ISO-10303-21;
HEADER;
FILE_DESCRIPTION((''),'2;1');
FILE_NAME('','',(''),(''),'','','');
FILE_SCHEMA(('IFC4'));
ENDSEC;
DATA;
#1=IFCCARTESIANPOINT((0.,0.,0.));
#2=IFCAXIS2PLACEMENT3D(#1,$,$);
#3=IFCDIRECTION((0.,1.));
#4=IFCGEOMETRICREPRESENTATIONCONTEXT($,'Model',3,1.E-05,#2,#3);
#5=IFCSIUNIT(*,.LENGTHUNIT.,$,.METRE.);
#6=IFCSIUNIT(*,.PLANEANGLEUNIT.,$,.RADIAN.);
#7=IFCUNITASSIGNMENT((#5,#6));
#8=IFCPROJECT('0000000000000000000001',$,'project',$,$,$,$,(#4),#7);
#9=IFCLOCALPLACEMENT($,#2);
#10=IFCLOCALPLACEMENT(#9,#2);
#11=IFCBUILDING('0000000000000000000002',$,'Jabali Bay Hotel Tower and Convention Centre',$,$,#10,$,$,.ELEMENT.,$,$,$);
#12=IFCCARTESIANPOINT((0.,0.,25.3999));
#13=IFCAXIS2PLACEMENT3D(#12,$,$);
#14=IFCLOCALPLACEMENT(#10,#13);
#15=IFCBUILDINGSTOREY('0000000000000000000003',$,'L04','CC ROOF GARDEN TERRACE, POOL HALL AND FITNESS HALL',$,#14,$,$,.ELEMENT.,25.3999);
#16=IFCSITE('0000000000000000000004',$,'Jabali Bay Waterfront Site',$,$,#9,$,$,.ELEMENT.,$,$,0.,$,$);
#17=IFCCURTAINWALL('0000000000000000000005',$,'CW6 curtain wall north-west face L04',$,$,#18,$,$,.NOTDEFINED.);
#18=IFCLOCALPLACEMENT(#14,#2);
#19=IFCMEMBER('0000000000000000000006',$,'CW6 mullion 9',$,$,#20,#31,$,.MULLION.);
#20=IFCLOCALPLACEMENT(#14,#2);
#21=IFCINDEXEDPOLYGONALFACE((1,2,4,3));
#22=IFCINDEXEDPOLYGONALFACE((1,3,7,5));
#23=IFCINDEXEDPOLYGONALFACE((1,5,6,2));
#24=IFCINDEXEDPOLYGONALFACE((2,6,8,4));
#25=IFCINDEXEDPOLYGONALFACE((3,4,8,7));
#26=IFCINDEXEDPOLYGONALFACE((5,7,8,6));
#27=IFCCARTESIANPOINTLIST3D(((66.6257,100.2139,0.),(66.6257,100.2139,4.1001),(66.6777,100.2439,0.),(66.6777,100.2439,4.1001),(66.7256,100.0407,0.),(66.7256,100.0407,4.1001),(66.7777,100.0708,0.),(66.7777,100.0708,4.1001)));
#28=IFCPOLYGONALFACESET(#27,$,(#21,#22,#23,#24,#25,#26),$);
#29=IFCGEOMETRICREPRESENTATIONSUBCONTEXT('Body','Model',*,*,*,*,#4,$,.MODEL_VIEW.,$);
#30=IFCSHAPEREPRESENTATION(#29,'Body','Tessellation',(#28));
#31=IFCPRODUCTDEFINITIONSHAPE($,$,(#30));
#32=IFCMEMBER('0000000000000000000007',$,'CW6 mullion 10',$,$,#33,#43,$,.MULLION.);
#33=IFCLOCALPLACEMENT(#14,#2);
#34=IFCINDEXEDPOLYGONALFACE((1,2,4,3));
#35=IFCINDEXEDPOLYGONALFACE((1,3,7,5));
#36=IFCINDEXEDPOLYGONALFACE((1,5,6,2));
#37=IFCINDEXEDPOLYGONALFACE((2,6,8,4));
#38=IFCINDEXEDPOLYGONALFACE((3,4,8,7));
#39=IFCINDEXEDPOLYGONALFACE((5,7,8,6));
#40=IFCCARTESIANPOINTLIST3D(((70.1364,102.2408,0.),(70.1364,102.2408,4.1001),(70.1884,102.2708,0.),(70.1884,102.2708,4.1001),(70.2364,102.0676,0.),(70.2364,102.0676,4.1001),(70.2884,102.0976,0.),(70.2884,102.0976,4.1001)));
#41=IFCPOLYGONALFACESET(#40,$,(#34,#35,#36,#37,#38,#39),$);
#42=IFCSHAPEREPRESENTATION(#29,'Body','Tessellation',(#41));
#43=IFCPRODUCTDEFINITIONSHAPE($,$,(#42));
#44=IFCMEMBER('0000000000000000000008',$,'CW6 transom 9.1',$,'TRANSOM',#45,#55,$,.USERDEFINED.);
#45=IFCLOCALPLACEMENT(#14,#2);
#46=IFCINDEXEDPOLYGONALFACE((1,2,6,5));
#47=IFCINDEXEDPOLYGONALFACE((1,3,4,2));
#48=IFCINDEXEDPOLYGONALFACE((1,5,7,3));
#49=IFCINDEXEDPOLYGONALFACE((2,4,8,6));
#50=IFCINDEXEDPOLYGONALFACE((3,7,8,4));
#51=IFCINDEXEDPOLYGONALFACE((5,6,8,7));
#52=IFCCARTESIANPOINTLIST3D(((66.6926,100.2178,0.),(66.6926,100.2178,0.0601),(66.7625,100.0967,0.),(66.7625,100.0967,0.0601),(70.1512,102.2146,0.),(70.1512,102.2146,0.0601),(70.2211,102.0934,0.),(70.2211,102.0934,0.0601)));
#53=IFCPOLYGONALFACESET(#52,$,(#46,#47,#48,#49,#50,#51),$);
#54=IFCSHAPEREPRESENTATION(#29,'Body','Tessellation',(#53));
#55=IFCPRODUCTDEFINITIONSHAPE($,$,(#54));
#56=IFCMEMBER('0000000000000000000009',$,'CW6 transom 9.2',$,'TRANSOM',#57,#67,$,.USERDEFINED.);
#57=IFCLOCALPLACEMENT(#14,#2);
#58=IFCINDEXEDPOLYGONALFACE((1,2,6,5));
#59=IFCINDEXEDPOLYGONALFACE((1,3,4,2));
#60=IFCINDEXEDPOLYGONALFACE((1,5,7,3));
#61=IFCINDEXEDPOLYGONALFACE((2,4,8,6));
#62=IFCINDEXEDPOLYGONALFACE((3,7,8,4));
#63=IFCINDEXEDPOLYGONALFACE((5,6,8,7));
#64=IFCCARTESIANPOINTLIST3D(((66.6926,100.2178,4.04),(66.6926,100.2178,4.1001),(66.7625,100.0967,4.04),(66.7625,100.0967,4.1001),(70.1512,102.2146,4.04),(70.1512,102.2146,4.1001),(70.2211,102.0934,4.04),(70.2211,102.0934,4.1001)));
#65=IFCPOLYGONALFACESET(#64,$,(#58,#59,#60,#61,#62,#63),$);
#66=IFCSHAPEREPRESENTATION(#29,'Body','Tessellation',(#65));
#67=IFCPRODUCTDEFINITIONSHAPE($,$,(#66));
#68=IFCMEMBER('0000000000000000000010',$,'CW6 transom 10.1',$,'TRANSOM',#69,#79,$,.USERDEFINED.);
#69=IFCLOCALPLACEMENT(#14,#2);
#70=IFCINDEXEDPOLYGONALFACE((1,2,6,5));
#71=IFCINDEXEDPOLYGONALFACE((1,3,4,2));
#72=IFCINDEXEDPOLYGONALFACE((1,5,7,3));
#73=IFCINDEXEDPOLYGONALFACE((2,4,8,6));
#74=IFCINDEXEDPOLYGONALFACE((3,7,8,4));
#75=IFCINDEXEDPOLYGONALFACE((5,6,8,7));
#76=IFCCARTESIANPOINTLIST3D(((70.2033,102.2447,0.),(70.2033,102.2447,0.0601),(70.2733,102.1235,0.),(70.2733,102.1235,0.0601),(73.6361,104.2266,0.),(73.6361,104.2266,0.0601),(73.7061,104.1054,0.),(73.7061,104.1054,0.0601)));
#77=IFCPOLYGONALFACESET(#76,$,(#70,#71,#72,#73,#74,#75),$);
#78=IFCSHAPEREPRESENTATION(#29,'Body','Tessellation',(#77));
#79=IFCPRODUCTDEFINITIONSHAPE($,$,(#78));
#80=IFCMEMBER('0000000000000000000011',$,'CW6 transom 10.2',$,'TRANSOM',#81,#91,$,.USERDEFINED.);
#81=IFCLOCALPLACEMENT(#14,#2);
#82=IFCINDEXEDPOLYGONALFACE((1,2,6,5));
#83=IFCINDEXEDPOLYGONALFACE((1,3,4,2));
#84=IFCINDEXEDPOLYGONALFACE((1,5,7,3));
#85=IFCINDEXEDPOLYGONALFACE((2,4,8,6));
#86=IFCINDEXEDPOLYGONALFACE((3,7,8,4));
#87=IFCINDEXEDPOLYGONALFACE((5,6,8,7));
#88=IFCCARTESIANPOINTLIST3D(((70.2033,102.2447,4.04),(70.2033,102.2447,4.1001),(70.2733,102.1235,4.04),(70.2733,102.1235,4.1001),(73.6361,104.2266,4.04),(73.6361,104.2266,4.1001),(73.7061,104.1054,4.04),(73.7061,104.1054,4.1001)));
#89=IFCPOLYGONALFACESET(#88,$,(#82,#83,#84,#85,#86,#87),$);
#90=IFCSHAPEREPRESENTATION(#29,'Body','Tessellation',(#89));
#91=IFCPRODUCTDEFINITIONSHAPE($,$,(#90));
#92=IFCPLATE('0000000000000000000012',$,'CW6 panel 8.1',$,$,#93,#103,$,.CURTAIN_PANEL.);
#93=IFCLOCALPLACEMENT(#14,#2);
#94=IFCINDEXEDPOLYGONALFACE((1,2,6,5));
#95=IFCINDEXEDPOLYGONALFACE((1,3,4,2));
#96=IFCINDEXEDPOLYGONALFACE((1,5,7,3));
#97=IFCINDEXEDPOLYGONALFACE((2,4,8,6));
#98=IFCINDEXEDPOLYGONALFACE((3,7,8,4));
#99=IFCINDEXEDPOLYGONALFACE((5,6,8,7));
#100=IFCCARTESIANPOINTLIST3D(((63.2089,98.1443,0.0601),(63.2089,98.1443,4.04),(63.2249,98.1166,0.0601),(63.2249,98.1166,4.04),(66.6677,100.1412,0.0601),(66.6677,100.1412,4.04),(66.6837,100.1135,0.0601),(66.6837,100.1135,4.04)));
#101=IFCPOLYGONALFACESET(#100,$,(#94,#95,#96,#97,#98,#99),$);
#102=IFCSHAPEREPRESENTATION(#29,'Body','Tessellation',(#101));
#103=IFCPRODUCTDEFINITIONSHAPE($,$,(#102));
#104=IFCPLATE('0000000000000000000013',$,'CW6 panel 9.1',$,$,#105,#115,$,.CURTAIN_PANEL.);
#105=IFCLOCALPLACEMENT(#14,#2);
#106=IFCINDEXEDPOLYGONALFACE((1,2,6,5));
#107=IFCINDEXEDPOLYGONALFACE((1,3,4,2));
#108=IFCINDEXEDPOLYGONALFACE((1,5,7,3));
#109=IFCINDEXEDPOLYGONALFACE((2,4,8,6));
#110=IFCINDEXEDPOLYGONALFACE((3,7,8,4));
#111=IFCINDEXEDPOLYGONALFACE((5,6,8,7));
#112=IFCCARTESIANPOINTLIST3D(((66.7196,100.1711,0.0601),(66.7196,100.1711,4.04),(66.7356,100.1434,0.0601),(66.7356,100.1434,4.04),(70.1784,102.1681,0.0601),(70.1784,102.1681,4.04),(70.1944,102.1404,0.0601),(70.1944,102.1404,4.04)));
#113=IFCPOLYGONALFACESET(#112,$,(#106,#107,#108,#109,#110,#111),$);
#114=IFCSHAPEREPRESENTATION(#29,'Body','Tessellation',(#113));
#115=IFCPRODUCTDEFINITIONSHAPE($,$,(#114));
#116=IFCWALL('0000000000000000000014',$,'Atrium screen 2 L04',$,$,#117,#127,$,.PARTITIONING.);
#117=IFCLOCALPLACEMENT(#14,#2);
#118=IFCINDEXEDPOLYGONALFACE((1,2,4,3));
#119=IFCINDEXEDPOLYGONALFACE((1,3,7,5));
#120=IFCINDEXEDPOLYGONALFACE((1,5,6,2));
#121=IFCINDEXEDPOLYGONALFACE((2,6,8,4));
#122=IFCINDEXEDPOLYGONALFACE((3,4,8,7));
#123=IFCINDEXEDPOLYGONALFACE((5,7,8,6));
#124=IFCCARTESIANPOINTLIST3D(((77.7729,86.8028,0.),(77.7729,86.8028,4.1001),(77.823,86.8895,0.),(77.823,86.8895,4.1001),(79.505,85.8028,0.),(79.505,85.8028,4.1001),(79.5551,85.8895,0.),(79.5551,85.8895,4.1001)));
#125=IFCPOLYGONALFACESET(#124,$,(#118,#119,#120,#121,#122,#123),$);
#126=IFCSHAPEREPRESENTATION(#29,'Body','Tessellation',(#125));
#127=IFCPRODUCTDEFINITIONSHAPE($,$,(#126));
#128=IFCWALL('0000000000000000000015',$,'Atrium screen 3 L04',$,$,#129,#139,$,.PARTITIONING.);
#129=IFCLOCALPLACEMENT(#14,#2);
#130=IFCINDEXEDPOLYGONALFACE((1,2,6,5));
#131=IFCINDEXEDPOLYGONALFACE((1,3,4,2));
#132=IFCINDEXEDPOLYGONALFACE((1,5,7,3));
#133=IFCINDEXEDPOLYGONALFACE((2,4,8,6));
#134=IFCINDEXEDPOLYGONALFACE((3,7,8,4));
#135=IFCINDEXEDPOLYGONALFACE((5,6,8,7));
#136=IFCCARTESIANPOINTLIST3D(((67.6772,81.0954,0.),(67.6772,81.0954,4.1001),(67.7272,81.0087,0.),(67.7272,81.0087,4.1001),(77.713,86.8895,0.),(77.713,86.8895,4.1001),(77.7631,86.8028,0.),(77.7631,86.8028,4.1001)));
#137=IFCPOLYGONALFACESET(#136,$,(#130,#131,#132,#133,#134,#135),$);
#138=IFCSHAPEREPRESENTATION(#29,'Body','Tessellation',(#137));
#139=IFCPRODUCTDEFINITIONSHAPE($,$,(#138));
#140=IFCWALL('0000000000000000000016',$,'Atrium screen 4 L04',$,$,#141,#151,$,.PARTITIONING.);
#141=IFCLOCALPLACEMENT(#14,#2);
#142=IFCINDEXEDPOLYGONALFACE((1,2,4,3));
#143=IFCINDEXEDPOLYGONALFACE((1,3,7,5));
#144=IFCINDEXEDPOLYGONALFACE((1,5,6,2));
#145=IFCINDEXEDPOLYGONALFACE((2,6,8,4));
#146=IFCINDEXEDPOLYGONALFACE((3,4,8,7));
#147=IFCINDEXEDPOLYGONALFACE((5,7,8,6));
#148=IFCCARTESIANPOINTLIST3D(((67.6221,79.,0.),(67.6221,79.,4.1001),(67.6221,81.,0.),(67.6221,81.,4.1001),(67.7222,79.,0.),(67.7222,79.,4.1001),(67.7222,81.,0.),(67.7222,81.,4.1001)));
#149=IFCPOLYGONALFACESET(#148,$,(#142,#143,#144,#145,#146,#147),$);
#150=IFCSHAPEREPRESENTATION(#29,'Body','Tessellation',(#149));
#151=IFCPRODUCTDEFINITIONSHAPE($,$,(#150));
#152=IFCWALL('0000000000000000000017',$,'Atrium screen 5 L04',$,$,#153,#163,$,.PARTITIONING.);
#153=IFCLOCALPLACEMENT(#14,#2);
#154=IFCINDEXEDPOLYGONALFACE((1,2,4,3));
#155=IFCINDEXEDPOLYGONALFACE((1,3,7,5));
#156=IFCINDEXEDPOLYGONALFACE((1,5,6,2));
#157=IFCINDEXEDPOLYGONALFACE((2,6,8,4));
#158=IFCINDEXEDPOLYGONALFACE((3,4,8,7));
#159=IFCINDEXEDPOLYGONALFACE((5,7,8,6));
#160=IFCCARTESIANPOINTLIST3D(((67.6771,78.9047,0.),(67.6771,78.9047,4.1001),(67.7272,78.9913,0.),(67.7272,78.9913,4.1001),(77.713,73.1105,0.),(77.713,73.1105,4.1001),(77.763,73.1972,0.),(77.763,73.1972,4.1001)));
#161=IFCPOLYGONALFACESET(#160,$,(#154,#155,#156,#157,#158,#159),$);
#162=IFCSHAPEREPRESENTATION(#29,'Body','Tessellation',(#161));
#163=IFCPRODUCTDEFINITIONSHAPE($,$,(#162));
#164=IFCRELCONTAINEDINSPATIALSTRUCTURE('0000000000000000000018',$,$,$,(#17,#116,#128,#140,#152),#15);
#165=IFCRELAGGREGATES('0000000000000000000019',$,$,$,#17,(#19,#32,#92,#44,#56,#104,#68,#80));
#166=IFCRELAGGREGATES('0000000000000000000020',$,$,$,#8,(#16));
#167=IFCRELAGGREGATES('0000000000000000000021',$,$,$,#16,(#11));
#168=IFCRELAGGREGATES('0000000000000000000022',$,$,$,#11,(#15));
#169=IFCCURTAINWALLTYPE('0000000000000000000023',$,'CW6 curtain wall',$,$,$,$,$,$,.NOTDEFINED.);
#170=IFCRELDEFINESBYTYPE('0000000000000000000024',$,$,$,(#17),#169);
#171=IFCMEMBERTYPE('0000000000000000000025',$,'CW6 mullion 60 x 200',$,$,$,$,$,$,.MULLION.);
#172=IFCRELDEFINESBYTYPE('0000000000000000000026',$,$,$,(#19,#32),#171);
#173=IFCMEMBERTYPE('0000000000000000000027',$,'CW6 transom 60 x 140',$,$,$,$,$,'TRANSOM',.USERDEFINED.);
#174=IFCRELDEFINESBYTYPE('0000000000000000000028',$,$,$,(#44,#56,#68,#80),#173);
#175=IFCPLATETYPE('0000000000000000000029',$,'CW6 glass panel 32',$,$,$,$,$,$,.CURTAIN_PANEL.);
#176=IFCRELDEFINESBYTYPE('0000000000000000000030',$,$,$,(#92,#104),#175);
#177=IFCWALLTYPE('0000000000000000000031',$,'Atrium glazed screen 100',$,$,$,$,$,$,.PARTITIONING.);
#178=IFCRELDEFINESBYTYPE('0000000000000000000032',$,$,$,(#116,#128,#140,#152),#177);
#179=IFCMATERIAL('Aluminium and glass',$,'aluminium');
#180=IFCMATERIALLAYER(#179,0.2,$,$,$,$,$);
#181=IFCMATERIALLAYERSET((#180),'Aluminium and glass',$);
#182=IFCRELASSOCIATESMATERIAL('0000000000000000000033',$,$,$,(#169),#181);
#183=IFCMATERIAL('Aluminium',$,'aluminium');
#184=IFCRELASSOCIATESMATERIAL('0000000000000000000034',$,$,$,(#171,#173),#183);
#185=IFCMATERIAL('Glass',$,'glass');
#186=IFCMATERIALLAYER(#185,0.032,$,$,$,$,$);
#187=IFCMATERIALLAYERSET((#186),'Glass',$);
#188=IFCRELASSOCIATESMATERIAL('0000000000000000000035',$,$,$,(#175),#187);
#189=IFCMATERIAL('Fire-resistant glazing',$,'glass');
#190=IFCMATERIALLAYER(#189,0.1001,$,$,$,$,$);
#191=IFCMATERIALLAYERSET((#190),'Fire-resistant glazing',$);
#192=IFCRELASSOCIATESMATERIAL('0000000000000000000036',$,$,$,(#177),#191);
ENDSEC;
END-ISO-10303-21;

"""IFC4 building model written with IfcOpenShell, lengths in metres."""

from ifc_helpers import new_model, si_unit, direction, frame, frame_2d, origin, origin_2d, place, context, subcontext, project, spatial, rectangle, extrude, material, layer, layer_set, material_profile, profile_set, type_object, element, aggregate, save


model = new_model("IFC4")

# Units and contexts
model_context = context("Model", 3, precision=1e-05, world=origin(), true_north=direction((0.0, 1.0)))
body_context = subcontext(model_context, "Body", "Model", "MODEL_VIEW")
ifc_project = project(units=[si_unit("LENGTHUNIT", "METRE"), si_unit("PLANEANGLEUNIT", "RADIAN")], contexts=[model_context])

# Site, building, storey
site_placement = place(None, origin())
site = spatial("IfcSite", under=ifc_project, at=site_placement, Name="Jabali Bay Waterfront Site", CompositionType="ELEMENT", RefElevation=0.0)
building_placement = place(site_placement, origin())
building = spatial("IfcBuilding", under=site, at=building_placement, Name="Jabali Bay Hotel Tower and Convention Centre", CompositionType="ELEMENT")
storey_placement = place(building_placement, frame((0.0, 0.0, 25.3999)))
storey = spatial("IfcBuildingStorey", under=building, at=storey_placement, Name="L04", Description="CC ROOF GARDEN TERRACE, POOL HALL AND FITNESS HALL", CompositionType="ELEMENT", Elevation=25.3999)

# Curtain wall, members, plates
ifc_material_1 = material(Name="Aluminium and glass", Category="aluminium")
ifc_layer_1 = layer(ifc_material_1, 0.2)
ifc_layer_set_1 = layer_set([ifc_layer_1], Name="Aluminium and glass")
curtain_wall_type = type_object("IfcCurtainWallType", Name="CW6 curtain wall", PredefinedType="NOTDEFINED", material=ifc_layer_set_1)
curtain_wall_placement = place(storey_placement, origin())
curtain_wall = element("IfcCurtainWall", 1, at=curtain_wall_placement, inside=storey, type_object=curtain_wall_type, Name="CW6 curtain wall north-west face L04", PredefinedType="NOTDEFINED")
ifc_material_2 = material(Name="Aluminium", Category="aluminium")
ifc_material_profile_1 = material_profile(ifc_material_2, rectangle(XDim=0.2, YDim=0.0601, at=origin_2d()), Name="CW6 mullion 60 x 200")
ifc_profile_set_1 = profile_set([ifc_material_profile_1], Name="Aluminium")
member_type_1 = type_object("IfcMemberType", Name="CW6 mullion 60 x 200", PredefinedType="MULLION", material=ifc_profile_set_1)
member_1_placement = place(storey_placement, frame((66.7017, 100.1423, 0.0), z_axis=(0.0, 0.0, 1.0), x_axis=(-0.5, 0.866025, 0.0)))
member_1 = element("IfcMember", 2, at=member_1_placement, type_object=member_type_1, Name="CW6 mullion 9", PredefinedType="MULLION", context=body_context, shape_type="SweptSolid", body=[
    extrude(rectangle(XDim=0.2, YDim=0.0601, at=origin_2d()), origin(), (0.0, 0.0, 1.0), 4.1001),
])
member_2_placement = place(storey_placement, frame((70.2124, 102.1692, 0.0), z_axis=(0.0, 0.0, 1.0), x_axis=(-0.5, 0.866025, 0.0)))
member_2 = element("IfcMember", 3, at=member_2_placement, type_object=member_type_1, Name="CW6 mullion 10", PredefinedType="MULLION", context=body_context, shape_type="SweptSolid", body=[
    extrude(rectangle(XDim=0.2, YDim=0.0601, at=origin_2d()), origin(), (0.0, 0.0, 1.0), 4.1001),
])
ifc_material_profile_2 = material_profile(ifc_material_2, rectangle(XDim=0.1399, YDim=0.0601, at=origin_2d()), Name="CW6 transom 60 x 140")
ifc_profile_set_2 = profile_set([ifc_material_profile_2], Name="Aluminium")
member_type_2 = type_object("IfcMemberType", Name="CW6 transom 60 x 140", ElementType="TRANSOM", PredefinedType="USERDEFINED", material=ifc_profile_set_2)
member_3_placement = place(storey_placement, frame((66.7275, 100.1572, 0.03), z_axis=(0.866034, 0.499985, 0.0), x_axis=(-0.499985, 0.866034, 0.0)))
member_3 = element("IfcMember", 4, at=member_3_placement, type_object=member_type_2, Name="CW6 transom 9.1", ObjectType="TRANSOM", PredefinedType="USERDEFINED", context=body_context, shape_type="SweptSolid", body=[
    extrude(rectangle(XDim=0.1399, YDim=0.0601, at=origin_2d()), origin(), (0.0, 0.0, 1.0), 3.9937),
])
member_4_placement = place(storey_placement, frame((66.7275, 100.1572, 4.0701), z_axis=(0.866034, 0.499985, 0.0), x_axis=(-0.499985, 0.866034, 0.0)))
member_4 = element("IfcMember", 5, at=member_4_placement, type_object=member_type_2, Name="CW6 transom 9.2", ObjectType="TRANSOM", PredefinedType="USERDEFINED", context=body_context, shape_type="SweptSolid", body=[
    extrude(rectangle(XDim=0.1399, YDim=0.0601, at=origin_2d()), origin(), (0.0, 0.0, 1.0), 3.9937),
])
member_5_placement = place(storey_placement, frame((70.2383, 102.1841, 0.03), z_axis=(0.866029, 0.499994, 0.0), x_axis=(-0.499994, 0.866029, 0.0)))
member_5 = element("IfcMember", 6, at=member_5_placement, type_object=member_type_2, Name="CW6 transom 10.1", ObjectType="TRANSOM", PredefinedType="USERDEFINED", context=body_context, shape_type="SweptSolid", body=[
    extrude(rectangle(XDim=0.1399, YDim=0.0601, at=origin_2d()), origin(), (0.0, 0.0, 1.0), 3.9639),
])
member_6_placement = place(storey_placement, frame((70.2383, 102.1841, 4.0701), z_axis=(0.866029, 0.499994, 0.0), x_axis=(-0.499994, 0.866029, 0.0)))
member_6 = element("IfcMember", 7, at=member_6_placement, type_object=member_type_2, Name="CW6 transom 10.2", ObjectType="TRANSOM", PredefinedType="USERDEFINED", context=body_context, shape_type="SweptSolid", body=[
    extrude(rectangle(XDim=0.1399, YDim=0.0601, at=origin_2d()), origin(), (0.0, 0.0, 1.0), 3.9639),
])
ifc_material_3 = material(Name="Glass", Category="glass")
ifc_layer_2 = layer(ifc_material_3, 0.032)
ifc_layer_set_2 = layer_set([ifc_layer_2], Name="Glass")
plate_type = type_object("IfcPlateType", Name="CW6 glass panel 32", PredefinedType="CURTAIN_PANEL", material=ifc_layer_set_2)
plate_1_placement = place(storey_placement, frame((64.9463, 99.1289, 0.0601), z_axis=(0.0, 0.0, 1.0), x_axis=(0.866025, 0.5, 0.0)))
plate_1 = element("IfcPlate", 8, at=plate_1_placement, type_object=plate_type, Name="CW6 panel 8.1", PredefinedType="CURTAIN_PANEL", context=body_context, shape_type="SweptSolid", body=[
    extrude(rectangle(XDim=3.9939, YDim=0.032, at=origin_2d()), origin(), (0.0, 0.0, 1.0), 3.98),
])
plate_2_placement = place(storey_placement, frame((68.457, 101.1558, 0.0601), z_axis=(0.0, 0.0, 1.0), x_axis=(0.866025, 0.5, 0.0)))
plate_2 = element("IfcPlate", 9, at=plate_2_placement, type_object=plate_type, Name="CW6 panel 9.1", PredefinedType="CURTAIN_PANEL", context=body_context, shape_type="SweptSolid", body=[
    extrude(rectangle(XDim=3.9939, YDim=0.032, at=origin_2d()), origin(), (0.0, 0.0, 1.0), 3.98),
])
aggregate(curtain_wall, [member_1, member_2, plate_1, member_3, member_4, plate_2, member_5, member_6])

# Walls
ifc_material_4 = material(Name="Fire-resistant glazing", Category="glass")
ifc_layer_3 = layer(ifc_material_4, 0.1001)
ifc_layer_set_3 = layer_set([ifc_layer_3], Name="Fire-resistant glazing")
wall_type_1 = type_object("IfcWallType", Name="Atrium glazed screen 100", PredefinedType="PARTITIONING", material=ifc_layer_set_3)
wall_1_placement = place(storey_placement, frame((79.53, 85.8462, 0.0), z_axis=(0.0, 0.0, 1.0), x_axis=(-0.866041, 0.499973, 0.0)))
element("IfcWall", 10, at=wall_1_placement, inside=storey, type_object=wall_type_1, Name="Atrium screen 2 L04", PredefinedType="PARTITIONING", context=body_context, shape_type="SweptSolid", body=[
    extrude(rectangle(XDim=2.0, YDim=0.1001, at=frame_2d((1.0, 0.0))), origin(), (0.0, 0.0, 1.0), 4.1001),
])
wall_2_placement = place(storey_placement, frame((77.738, 86.8462, 0.0), z_axis=(0.0, 0.0, 1.0), x_axis=(-0.866027, -0.499998, 0.0)))
element("IfcWall", 11, at=wall_2_placement, inside=storey, type_object=wall_type_1, Name="Atrium screen 3 L04", PredefinedType="PARTITIONING", context=body_context, shape_type="SweptSolid", body=[
    extrude(rectangle(XDim=11.5884, YDim=0.1001, at=frame_2d((5.7942, 0.0))), origin(), (0.0, 0.0, 1.0), 4.1001),
])
wall_3_placement = place(storey_placement, frame((67.6721, 81.0, 0.0), z_axis=(0.0, 0.0, 1.0), x_axis=(0.0, -1.0, 0.0)))
element("IfcWall", 12, at=wall_3_placement, inside=storey, type_object=wall_type_1, Name="Atrium screen 4 L04", PredefinedType="PARTITIONING", context=body_context, shape_type="SweptSolid", body=[
    extrude(rectangle(XDim=2.0, YDim=0.1001, at=frame_2d((1.0, 0.0))), origin(), (0.0, 0.0, 1.0), 4.1001),
])
wall_4_placement = place(storey_placement, frame((67.7021, 78.948, 0.0), z_axis=(0.0, 0.0, 1.0), x_axis=(0.866027, -0.499998, 0.0)))
element("IfcWall", 13, at=wall_4_placement, inside=storey, type_object=wall_type_1, Name="Atrium screen 5 L04", PredefinedType="PARTITIONING", context=body_context, shape_type="SweptSolid", body=[
    extrude(rectangle(XDim=11.5884, YDim=0.1001, at=frame_2d((5.7942, 0.0))), origin(), (0.0, 0.0, 1.0), 4.1001),
])

save(model, "model.ifc")
